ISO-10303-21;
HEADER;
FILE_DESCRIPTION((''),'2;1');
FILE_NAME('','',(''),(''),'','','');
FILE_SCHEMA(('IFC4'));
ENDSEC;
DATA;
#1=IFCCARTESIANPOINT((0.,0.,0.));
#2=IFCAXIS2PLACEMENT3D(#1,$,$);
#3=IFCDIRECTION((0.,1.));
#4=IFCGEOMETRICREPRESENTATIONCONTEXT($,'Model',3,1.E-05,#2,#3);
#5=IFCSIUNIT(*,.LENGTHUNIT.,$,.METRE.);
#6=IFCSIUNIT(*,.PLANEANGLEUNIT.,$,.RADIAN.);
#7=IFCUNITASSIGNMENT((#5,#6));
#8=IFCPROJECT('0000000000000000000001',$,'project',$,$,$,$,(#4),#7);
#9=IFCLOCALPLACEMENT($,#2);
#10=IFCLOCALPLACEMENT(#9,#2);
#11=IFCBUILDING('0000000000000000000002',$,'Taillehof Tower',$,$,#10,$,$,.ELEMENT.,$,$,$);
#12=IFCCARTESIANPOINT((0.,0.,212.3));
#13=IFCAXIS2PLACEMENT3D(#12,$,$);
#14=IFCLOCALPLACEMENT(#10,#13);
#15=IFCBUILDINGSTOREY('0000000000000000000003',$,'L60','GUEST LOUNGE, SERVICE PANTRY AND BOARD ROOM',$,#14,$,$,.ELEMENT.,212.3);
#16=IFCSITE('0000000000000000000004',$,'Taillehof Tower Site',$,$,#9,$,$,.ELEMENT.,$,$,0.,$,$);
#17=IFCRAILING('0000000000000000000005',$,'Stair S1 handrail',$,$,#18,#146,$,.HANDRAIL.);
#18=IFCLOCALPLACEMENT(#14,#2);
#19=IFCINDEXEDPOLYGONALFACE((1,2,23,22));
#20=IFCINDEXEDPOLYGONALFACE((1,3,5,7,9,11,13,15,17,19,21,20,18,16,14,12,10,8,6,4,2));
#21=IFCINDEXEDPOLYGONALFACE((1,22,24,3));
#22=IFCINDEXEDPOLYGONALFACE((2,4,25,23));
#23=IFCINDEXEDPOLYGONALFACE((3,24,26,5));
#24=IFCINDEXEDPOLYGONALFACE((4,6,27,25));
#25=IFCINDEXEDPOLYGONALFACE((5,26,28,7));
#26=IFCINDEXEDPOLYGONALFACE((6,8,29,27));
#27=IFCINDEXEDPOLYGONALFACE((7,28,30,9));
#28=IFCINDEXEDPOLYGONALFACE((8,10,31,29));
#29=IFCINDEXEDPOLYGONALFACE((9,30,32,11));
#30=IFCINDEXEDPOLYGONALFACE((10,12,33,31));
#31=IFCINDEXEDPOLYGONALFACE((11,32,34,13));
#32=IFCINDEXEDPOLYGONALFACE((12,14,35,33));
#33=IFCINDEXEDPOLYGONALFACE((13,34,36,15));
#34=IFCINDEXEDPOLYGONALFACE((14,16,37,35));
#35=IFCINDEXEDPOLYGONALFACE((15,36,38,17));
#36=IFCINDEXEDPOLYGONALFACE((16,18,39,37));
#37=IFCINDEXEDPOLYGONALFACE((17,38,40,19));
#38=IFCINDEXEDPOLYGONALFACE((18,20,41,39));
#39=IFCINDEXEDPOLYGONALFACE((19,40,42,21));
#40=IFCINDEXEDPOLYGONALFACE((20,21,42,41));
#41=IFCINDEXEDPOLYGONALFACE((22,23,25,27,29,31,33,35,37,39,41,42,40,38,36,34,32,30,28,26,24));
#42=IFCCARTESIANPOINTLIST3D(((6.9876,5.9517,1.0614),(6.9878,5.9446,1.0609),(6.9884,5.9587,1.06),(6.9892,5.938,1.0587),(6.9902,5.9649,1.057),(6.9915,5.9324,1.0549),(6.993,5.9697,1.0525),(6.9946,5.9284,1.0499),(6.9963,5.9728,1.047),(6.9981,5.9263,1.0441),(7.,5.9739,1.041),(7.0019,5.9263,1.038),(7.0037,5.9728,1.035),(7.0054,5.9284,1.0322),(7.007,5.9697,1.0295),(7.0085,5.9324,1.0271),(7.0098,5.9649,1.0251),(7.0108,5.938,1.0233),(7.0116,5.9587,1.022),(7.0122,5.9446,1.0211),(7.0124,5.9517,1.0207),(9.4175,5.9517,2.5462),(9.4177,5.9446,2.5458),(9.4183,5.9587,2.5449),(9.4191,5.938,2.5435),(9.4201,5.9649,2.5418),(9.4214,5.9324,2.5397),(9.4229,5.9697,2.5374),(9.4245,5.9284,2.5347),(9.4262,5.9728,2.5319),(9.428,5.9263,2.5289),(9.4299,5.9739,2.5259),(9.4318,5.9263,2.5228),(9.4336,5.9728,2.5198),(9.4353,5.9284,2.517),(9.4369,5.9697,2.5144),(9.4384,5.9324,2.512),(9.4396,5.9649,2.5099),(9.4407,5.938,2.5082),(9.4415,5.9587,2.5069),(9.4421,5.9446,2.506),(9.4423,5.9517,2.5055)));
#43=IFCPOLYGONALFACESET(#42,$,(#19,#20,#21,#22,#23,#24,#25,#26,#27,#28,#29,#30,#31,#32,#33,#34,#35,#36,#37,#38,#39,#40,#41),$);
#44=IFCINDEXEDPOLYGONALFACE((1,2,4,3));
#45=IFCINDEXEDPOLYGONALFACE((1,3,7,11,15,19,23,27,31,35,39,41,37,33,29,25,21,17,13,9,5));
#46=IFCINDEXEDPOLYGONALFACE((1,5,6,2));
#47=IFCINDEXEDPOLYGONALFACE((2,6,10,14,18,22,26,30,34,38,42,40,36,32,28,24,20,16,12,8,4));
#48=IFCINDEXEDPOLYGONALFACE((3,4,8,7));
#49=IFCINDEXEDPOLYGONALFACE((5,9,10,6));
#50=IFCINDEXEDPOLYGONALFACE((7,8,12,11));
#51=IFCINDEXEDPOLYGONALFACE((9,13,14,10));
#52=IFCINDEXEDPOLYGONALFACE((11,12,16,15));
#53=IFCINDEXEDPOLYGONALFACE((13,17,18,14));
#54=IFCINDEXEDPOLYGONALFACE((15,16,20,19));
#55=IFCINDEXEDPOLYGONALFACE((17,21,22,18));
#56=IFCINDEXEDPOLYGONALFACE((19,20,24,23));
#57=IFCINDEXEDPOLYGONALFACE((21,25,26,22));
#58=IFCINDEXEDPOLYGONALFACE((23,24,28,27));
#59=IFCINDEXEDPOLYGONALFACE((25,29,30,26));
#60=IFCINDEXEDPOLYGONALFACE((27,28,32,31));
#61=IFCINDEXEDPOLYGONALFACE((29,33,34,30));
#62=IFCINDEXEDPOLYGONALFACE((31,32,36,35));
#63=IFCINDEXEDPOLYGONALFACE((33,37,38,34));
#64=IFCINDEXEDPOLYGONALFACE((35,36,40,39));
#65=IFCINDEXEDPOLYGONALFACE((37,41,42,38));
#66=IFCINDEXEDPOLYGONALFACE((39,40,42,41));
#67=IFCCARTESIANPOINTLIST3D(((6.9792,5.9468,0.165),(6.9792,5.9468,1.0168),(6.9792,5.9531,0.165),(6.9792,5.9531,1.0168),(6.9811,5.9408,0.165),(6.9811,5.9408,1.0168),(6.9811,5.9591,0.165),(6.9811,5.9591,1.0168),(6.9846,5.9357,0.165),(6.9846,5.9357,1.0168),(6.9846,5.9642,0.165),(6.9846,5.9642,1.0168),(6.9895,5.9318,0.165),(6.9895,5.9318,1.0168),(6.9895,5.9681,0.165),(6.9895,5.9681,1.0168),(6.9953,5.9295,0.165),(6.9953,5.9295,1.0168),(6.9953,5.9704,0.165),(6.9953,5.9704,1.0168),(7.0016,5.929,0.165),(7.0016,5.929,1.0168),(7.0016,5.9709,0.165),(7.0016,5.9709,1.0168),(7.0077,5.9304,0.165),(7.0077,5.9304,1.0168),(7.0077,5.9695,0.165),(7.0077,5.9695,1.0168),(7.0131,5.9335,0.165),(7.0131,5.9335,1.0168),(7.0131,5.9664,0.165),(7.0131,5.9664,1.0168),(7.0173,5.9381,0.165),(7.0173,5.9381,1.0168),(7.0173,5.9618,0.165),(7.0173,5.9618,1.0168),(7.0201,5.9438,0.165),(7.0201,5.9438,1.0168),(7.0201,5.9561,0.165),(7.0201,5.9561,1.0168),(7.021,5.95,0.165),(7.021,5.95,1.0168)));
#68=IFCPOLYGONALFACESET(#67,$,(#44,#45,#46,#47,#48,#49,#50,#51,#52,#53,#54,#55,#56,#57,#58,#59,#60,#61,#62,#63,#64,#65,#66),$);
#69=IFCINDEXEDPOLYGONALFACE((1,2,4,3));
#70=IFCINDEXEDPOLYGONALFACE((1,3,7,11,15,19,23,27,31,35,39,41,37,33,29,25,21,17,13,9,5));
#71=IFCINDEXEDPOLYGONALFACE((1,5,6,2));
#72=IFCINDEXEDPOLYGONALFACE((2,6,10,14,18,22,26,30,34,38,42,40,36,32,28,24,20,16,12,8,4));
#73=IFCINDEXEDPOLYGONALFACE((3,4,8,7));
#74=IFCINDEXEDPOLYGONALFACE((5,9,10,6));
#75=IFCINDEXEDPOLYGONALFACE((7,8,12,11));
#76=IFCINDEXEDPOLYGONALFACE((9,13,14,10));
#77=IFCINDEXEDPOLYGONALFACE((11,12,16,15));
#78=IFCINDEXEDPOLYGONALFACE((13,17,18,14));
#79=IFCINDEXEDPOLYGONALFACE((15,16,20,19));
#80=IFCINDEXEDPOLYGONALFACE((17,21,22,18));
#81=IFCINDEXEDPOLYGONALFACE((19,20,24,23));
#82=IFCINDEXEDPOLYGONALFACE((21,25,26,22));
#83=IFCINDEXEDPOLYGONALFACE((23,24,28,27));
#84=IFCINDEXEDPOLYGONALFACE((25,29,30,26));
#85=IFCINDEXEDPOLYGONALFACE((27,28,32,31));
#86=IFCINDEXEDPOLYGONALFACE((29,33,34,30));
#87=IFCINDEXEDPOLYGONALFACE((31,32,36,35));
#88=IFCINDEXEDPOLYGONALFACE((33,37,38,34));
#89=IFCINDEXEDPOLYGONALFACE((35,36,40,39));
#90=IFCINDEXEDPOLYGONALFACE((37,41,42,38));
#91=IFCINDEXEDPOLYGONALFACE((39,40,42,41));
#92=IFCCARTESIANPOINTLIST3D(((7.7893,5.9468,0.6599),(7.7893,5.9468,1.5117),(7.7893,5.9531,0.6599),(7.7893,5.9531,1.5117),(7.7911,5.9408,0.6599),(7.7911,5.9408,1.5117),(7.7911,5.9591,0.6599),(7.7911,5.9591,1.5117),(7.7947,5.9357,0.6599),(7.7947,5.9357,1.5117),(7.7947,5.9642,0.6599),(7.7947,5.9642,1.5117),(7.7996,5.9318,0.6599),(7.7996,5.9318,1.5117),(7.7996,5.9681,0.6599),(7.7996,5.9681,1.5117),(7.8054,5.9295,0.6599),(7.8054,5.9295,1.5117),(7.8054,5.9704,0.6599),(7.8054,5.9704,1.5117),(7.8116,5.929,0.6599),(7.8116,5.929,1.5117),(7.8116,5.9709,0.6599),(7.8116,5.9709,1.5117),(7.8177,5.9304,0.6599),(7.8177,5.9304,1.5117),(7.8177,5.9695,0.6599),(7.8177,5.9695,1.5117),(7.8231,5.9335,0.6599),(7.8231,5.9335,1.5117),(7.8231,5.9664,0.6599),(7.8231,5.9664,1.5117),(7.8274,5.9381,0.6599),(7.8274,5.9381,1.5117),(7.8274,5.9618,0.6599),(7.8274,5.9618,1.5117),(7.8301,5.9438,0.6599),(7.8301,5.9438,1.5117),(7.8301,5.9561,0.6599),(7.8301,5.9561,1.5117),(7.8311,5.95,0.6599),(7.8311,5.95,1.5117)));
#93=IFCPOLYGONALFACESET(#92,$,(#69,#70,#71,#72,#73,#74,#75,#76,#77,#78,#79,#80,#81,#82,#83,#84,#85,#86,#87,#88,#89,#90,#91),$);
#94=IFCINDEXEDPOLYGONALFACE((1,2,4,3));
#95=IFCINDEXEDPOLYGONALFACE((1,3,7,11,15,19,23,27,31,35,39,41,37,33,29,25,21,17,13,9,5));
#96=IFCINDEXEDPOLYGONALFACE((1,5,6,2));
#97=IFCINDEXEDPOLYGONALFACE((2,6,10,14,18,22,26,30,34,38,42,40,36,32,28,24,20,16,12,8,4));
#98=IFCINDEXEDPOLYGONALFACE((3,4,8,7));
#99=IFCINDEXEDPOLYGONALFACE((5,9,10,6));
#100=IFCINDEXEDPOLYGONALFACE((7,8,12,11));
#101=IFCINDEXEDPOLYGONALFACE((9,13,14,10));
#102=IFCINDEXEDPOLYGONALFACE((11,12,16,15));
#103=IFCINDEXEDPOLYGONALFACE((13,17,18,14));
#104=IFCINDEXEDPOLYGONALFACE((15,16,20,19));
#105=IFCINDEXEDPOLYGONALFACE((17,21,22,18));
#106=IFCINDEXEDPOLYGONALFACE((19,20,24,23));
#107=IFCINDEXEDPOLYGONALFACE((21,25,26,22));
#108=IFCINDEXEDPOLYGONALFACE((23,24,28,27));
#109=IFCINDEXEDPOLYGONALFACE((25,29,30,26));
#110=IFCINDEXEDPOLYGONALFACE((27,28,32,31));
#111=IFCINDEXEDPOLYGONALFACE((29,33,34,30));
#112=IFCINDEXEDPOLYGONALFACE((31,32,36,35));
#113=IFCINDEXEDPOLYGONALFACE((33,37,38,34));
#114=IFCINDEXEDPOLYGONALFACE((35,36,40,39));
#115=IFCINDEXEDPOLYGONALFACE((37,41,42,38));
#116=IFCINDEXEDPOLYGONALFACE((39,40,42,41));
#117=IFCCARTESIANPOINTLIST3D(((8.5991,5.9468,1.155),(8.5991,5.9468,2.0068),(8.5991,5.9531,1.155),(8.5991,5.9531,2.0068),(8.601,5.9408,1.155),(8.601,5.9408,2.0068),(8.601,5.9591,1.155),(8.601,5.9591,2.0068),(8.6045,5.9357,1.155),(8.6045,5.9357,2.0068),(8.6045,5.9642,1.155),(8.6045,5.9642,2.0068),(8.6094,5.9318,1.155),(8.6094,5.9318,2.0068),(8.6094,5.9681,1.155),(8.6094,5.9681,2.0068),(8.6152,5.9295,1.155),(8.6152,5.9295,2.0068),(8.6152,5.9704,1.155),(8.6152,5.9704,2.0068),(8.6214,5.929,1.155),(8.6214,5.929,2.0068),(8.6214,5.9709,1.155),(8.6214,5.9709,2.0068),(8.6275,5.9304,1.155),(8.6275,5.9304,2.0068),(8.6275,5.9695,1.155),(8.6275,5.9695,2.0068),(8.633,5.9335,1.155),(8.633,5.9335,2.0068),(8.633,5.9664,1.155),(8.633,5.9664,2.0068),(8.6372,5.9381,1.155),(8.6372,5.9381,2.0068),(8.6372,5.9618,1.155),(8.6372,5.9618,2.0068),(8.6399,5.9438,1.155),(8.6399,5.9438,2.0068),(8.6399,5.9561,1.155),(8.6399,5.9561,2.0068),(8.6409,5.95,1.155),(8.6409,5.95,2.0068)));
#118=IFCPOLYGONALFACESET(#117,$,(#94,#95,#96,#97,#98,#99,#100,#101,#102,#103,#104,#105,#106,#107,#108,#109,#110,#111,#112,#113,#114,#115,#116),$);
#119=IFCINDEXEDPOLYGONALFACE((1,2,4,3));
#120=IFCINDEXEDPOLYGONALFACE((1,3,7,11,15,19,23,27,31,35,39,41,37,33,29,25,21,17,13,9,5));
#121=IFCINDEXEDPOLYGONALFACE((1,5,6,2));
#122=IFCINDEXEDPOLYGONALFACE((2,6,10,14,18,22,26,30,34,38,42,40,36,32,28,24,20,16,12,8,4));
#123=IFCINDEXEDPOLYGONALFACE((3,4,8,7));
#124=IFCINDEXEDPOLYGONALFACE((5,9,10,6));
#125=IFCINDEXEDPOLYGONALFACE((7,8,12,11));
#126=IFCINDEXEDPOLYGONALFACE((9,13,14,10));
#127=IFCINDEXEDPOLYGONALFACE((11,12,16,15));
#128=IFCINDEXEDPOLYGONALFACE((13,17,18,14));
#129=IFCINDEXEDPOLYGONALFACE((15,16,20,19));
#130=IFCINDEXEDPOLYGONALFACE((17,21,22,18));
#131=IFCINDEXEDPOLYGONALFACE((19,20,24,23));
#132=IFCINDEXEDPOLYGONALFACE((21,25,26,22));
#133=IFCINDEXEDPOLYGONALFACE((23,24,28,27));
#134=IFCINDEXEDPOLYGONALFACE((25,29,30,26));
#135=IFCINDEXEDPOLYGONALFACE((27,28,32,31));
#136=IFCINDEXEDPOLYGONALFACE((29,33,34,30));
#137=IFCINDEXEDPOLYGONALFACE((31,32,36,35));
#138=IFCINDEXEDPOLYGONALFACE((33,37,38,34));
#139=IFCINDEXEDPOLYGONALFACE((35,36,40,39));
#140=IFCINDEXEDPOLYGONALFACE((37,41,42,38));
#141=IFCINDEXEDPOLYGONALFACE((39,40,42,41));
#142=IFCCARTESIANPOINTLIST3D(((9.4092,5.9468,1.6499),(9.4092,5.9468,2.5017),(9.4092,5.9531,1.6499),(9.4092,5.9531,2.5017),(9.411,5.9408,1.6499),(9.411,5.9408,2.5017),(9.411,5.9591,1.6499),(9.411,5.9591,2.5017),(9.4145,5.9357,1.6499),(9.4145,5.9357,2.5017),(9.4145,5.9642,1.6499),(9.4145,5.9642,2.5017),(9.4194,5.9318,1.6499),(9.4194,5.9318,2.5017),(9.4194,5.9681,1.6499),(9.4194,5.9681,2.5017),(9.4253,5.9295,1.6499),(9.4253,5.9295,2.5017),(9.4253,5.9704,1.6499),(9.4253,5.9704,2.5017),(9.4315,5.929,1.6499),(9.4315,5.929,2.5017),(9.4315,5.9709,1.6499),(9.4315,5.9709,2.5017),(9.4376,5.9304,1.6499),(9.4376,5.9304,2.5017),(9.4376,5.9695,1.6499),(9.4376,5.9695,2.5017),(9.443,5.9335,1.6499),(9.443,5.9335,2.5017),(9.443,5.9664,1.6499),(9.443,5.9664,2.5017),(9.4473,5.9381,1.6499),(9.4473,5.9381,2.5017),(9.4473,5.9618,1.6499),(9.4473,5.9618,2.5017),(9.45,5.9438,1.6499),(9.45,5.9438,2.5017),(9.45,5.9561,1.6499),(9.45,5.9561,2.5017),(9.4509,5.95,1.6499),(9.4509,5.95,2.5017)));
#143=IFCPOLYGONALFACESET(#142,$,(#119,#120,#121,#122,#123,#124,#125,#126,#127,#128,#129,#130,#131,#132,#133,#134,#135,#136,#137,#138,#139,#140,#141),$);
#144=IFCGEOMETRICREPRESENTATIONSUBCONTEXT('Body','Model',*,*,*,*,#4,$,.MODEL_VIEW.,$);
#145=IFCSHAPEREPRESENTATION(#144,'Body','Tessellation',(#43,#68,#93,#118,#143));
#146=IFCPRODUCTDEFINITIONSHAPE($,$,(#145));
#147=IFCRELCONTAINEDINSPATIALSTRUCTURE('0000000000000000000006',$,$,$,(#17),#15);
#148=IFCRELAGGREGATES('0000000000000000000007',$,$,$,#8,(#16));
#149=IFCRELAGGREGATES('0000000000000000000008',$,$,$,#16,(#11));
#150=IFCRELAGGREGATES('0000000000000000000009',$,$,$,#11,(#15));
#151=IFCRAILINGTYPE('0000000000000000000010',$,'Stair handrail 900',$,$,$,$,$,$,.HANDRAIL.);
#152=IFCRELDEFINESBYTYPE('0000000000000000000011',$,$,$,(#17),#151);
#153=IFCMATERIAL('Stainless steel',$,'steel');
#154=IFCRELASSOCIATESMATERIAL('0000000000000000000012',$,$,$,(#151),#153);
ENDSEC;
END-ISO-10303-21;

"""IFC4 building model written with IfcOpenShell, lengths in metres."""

from ifc_helpers import new_model, si_unit, direction, frame, origin, origin_2d, place, context, subcontext, project, spatial, circle, extrude, material, type_object, element, save


model = new_model("IFC4")

# Units and contexts
model_context = context("Model", 3, precision=1e-05, world=origin(), true_north=direction((0.0, 1.0)))
body_context = subcontext(model_context, "Body", "Model", "MODEL_VIEW")
ifc_project = project(units=[si_unit("LENGTHUNIT", "METRE"), si_unit("PLANEANGLEUNIT", "RADIAN")], contexts=[model_context])

# Site, building, storey
site_placement = place(None, origin())
site = spatial("IfcSite", under=ifc_project, at=site_placement, Name="Taillehof Tower Site", CompositionType="ELEMENT", RefElevation=0.0)
building_placement = place(site_placement, origin())
building = spatial("IfcBuilding", under=site, at=building_placement, Name="Taillehof Tower", CompositionType="ELEMENT")
storey_placement = place(building_placement, frame((0.0, 0.0, 212.3)))
storey = spatial("IfcBuildingStorey", under=building, at=storey_placement, Name="L60", Description="GUEST LOUNGE, SERVICE PANTRY AND BOARD ROOM", CompositionType="ELEMENT", Elevation=212.3)

# Railing
ifc_material_1 = material(Name="Stainless steel", Category="steel")
railing_type = type_object("IfcRailingType", Name="Stair handrail 900", PredefinedType="HANDRAIL", material=ifc_material_1)
railing_placement = place(storey_placement, frame((7.0, 5.95, 0.165)))
element("IfcRailing", 1, at=railing_placement, inside=storey, type_object=railing_type, Name="Stair S1 handrail", PredefinedType="HANDRAIL", context=body_context, shape_type="SweptSolid", body=[
    extrude(circle(Radius=0.0239, at=origin_2d()), frame((0.0, 0.0, 0.876), z_axis=(0.853297, 0.0, 0.521426), x_axis=(0.0, 1.0, 0.0)), (0.0, 0.0, 1.0), 2.8477),
    extrude(circle(Radius=0.021, at=origin_2d()), origin(), (0.0, 0.0, 1.0), 0.8518),
    extrude(circle(Radius=0.021, at=origin_2d()), frame((0.8101, 0.0, 0.4949)), (0.0, 0.0, 1.0), 0.8518),
    extrude(circle(Radius=0.021, at=origin_2d()), frame((1.6199, 0.0, 0.99)), (0.0, 0.0, 1.0), 0.8518),
    extrude(circle(Radius=0.021, at=origin_2d()), frame((2.4299, 0.0, 1.4849)), (0.0, 0.0, 1.0), 0.8518),
])

save(model, "model.ifc")
